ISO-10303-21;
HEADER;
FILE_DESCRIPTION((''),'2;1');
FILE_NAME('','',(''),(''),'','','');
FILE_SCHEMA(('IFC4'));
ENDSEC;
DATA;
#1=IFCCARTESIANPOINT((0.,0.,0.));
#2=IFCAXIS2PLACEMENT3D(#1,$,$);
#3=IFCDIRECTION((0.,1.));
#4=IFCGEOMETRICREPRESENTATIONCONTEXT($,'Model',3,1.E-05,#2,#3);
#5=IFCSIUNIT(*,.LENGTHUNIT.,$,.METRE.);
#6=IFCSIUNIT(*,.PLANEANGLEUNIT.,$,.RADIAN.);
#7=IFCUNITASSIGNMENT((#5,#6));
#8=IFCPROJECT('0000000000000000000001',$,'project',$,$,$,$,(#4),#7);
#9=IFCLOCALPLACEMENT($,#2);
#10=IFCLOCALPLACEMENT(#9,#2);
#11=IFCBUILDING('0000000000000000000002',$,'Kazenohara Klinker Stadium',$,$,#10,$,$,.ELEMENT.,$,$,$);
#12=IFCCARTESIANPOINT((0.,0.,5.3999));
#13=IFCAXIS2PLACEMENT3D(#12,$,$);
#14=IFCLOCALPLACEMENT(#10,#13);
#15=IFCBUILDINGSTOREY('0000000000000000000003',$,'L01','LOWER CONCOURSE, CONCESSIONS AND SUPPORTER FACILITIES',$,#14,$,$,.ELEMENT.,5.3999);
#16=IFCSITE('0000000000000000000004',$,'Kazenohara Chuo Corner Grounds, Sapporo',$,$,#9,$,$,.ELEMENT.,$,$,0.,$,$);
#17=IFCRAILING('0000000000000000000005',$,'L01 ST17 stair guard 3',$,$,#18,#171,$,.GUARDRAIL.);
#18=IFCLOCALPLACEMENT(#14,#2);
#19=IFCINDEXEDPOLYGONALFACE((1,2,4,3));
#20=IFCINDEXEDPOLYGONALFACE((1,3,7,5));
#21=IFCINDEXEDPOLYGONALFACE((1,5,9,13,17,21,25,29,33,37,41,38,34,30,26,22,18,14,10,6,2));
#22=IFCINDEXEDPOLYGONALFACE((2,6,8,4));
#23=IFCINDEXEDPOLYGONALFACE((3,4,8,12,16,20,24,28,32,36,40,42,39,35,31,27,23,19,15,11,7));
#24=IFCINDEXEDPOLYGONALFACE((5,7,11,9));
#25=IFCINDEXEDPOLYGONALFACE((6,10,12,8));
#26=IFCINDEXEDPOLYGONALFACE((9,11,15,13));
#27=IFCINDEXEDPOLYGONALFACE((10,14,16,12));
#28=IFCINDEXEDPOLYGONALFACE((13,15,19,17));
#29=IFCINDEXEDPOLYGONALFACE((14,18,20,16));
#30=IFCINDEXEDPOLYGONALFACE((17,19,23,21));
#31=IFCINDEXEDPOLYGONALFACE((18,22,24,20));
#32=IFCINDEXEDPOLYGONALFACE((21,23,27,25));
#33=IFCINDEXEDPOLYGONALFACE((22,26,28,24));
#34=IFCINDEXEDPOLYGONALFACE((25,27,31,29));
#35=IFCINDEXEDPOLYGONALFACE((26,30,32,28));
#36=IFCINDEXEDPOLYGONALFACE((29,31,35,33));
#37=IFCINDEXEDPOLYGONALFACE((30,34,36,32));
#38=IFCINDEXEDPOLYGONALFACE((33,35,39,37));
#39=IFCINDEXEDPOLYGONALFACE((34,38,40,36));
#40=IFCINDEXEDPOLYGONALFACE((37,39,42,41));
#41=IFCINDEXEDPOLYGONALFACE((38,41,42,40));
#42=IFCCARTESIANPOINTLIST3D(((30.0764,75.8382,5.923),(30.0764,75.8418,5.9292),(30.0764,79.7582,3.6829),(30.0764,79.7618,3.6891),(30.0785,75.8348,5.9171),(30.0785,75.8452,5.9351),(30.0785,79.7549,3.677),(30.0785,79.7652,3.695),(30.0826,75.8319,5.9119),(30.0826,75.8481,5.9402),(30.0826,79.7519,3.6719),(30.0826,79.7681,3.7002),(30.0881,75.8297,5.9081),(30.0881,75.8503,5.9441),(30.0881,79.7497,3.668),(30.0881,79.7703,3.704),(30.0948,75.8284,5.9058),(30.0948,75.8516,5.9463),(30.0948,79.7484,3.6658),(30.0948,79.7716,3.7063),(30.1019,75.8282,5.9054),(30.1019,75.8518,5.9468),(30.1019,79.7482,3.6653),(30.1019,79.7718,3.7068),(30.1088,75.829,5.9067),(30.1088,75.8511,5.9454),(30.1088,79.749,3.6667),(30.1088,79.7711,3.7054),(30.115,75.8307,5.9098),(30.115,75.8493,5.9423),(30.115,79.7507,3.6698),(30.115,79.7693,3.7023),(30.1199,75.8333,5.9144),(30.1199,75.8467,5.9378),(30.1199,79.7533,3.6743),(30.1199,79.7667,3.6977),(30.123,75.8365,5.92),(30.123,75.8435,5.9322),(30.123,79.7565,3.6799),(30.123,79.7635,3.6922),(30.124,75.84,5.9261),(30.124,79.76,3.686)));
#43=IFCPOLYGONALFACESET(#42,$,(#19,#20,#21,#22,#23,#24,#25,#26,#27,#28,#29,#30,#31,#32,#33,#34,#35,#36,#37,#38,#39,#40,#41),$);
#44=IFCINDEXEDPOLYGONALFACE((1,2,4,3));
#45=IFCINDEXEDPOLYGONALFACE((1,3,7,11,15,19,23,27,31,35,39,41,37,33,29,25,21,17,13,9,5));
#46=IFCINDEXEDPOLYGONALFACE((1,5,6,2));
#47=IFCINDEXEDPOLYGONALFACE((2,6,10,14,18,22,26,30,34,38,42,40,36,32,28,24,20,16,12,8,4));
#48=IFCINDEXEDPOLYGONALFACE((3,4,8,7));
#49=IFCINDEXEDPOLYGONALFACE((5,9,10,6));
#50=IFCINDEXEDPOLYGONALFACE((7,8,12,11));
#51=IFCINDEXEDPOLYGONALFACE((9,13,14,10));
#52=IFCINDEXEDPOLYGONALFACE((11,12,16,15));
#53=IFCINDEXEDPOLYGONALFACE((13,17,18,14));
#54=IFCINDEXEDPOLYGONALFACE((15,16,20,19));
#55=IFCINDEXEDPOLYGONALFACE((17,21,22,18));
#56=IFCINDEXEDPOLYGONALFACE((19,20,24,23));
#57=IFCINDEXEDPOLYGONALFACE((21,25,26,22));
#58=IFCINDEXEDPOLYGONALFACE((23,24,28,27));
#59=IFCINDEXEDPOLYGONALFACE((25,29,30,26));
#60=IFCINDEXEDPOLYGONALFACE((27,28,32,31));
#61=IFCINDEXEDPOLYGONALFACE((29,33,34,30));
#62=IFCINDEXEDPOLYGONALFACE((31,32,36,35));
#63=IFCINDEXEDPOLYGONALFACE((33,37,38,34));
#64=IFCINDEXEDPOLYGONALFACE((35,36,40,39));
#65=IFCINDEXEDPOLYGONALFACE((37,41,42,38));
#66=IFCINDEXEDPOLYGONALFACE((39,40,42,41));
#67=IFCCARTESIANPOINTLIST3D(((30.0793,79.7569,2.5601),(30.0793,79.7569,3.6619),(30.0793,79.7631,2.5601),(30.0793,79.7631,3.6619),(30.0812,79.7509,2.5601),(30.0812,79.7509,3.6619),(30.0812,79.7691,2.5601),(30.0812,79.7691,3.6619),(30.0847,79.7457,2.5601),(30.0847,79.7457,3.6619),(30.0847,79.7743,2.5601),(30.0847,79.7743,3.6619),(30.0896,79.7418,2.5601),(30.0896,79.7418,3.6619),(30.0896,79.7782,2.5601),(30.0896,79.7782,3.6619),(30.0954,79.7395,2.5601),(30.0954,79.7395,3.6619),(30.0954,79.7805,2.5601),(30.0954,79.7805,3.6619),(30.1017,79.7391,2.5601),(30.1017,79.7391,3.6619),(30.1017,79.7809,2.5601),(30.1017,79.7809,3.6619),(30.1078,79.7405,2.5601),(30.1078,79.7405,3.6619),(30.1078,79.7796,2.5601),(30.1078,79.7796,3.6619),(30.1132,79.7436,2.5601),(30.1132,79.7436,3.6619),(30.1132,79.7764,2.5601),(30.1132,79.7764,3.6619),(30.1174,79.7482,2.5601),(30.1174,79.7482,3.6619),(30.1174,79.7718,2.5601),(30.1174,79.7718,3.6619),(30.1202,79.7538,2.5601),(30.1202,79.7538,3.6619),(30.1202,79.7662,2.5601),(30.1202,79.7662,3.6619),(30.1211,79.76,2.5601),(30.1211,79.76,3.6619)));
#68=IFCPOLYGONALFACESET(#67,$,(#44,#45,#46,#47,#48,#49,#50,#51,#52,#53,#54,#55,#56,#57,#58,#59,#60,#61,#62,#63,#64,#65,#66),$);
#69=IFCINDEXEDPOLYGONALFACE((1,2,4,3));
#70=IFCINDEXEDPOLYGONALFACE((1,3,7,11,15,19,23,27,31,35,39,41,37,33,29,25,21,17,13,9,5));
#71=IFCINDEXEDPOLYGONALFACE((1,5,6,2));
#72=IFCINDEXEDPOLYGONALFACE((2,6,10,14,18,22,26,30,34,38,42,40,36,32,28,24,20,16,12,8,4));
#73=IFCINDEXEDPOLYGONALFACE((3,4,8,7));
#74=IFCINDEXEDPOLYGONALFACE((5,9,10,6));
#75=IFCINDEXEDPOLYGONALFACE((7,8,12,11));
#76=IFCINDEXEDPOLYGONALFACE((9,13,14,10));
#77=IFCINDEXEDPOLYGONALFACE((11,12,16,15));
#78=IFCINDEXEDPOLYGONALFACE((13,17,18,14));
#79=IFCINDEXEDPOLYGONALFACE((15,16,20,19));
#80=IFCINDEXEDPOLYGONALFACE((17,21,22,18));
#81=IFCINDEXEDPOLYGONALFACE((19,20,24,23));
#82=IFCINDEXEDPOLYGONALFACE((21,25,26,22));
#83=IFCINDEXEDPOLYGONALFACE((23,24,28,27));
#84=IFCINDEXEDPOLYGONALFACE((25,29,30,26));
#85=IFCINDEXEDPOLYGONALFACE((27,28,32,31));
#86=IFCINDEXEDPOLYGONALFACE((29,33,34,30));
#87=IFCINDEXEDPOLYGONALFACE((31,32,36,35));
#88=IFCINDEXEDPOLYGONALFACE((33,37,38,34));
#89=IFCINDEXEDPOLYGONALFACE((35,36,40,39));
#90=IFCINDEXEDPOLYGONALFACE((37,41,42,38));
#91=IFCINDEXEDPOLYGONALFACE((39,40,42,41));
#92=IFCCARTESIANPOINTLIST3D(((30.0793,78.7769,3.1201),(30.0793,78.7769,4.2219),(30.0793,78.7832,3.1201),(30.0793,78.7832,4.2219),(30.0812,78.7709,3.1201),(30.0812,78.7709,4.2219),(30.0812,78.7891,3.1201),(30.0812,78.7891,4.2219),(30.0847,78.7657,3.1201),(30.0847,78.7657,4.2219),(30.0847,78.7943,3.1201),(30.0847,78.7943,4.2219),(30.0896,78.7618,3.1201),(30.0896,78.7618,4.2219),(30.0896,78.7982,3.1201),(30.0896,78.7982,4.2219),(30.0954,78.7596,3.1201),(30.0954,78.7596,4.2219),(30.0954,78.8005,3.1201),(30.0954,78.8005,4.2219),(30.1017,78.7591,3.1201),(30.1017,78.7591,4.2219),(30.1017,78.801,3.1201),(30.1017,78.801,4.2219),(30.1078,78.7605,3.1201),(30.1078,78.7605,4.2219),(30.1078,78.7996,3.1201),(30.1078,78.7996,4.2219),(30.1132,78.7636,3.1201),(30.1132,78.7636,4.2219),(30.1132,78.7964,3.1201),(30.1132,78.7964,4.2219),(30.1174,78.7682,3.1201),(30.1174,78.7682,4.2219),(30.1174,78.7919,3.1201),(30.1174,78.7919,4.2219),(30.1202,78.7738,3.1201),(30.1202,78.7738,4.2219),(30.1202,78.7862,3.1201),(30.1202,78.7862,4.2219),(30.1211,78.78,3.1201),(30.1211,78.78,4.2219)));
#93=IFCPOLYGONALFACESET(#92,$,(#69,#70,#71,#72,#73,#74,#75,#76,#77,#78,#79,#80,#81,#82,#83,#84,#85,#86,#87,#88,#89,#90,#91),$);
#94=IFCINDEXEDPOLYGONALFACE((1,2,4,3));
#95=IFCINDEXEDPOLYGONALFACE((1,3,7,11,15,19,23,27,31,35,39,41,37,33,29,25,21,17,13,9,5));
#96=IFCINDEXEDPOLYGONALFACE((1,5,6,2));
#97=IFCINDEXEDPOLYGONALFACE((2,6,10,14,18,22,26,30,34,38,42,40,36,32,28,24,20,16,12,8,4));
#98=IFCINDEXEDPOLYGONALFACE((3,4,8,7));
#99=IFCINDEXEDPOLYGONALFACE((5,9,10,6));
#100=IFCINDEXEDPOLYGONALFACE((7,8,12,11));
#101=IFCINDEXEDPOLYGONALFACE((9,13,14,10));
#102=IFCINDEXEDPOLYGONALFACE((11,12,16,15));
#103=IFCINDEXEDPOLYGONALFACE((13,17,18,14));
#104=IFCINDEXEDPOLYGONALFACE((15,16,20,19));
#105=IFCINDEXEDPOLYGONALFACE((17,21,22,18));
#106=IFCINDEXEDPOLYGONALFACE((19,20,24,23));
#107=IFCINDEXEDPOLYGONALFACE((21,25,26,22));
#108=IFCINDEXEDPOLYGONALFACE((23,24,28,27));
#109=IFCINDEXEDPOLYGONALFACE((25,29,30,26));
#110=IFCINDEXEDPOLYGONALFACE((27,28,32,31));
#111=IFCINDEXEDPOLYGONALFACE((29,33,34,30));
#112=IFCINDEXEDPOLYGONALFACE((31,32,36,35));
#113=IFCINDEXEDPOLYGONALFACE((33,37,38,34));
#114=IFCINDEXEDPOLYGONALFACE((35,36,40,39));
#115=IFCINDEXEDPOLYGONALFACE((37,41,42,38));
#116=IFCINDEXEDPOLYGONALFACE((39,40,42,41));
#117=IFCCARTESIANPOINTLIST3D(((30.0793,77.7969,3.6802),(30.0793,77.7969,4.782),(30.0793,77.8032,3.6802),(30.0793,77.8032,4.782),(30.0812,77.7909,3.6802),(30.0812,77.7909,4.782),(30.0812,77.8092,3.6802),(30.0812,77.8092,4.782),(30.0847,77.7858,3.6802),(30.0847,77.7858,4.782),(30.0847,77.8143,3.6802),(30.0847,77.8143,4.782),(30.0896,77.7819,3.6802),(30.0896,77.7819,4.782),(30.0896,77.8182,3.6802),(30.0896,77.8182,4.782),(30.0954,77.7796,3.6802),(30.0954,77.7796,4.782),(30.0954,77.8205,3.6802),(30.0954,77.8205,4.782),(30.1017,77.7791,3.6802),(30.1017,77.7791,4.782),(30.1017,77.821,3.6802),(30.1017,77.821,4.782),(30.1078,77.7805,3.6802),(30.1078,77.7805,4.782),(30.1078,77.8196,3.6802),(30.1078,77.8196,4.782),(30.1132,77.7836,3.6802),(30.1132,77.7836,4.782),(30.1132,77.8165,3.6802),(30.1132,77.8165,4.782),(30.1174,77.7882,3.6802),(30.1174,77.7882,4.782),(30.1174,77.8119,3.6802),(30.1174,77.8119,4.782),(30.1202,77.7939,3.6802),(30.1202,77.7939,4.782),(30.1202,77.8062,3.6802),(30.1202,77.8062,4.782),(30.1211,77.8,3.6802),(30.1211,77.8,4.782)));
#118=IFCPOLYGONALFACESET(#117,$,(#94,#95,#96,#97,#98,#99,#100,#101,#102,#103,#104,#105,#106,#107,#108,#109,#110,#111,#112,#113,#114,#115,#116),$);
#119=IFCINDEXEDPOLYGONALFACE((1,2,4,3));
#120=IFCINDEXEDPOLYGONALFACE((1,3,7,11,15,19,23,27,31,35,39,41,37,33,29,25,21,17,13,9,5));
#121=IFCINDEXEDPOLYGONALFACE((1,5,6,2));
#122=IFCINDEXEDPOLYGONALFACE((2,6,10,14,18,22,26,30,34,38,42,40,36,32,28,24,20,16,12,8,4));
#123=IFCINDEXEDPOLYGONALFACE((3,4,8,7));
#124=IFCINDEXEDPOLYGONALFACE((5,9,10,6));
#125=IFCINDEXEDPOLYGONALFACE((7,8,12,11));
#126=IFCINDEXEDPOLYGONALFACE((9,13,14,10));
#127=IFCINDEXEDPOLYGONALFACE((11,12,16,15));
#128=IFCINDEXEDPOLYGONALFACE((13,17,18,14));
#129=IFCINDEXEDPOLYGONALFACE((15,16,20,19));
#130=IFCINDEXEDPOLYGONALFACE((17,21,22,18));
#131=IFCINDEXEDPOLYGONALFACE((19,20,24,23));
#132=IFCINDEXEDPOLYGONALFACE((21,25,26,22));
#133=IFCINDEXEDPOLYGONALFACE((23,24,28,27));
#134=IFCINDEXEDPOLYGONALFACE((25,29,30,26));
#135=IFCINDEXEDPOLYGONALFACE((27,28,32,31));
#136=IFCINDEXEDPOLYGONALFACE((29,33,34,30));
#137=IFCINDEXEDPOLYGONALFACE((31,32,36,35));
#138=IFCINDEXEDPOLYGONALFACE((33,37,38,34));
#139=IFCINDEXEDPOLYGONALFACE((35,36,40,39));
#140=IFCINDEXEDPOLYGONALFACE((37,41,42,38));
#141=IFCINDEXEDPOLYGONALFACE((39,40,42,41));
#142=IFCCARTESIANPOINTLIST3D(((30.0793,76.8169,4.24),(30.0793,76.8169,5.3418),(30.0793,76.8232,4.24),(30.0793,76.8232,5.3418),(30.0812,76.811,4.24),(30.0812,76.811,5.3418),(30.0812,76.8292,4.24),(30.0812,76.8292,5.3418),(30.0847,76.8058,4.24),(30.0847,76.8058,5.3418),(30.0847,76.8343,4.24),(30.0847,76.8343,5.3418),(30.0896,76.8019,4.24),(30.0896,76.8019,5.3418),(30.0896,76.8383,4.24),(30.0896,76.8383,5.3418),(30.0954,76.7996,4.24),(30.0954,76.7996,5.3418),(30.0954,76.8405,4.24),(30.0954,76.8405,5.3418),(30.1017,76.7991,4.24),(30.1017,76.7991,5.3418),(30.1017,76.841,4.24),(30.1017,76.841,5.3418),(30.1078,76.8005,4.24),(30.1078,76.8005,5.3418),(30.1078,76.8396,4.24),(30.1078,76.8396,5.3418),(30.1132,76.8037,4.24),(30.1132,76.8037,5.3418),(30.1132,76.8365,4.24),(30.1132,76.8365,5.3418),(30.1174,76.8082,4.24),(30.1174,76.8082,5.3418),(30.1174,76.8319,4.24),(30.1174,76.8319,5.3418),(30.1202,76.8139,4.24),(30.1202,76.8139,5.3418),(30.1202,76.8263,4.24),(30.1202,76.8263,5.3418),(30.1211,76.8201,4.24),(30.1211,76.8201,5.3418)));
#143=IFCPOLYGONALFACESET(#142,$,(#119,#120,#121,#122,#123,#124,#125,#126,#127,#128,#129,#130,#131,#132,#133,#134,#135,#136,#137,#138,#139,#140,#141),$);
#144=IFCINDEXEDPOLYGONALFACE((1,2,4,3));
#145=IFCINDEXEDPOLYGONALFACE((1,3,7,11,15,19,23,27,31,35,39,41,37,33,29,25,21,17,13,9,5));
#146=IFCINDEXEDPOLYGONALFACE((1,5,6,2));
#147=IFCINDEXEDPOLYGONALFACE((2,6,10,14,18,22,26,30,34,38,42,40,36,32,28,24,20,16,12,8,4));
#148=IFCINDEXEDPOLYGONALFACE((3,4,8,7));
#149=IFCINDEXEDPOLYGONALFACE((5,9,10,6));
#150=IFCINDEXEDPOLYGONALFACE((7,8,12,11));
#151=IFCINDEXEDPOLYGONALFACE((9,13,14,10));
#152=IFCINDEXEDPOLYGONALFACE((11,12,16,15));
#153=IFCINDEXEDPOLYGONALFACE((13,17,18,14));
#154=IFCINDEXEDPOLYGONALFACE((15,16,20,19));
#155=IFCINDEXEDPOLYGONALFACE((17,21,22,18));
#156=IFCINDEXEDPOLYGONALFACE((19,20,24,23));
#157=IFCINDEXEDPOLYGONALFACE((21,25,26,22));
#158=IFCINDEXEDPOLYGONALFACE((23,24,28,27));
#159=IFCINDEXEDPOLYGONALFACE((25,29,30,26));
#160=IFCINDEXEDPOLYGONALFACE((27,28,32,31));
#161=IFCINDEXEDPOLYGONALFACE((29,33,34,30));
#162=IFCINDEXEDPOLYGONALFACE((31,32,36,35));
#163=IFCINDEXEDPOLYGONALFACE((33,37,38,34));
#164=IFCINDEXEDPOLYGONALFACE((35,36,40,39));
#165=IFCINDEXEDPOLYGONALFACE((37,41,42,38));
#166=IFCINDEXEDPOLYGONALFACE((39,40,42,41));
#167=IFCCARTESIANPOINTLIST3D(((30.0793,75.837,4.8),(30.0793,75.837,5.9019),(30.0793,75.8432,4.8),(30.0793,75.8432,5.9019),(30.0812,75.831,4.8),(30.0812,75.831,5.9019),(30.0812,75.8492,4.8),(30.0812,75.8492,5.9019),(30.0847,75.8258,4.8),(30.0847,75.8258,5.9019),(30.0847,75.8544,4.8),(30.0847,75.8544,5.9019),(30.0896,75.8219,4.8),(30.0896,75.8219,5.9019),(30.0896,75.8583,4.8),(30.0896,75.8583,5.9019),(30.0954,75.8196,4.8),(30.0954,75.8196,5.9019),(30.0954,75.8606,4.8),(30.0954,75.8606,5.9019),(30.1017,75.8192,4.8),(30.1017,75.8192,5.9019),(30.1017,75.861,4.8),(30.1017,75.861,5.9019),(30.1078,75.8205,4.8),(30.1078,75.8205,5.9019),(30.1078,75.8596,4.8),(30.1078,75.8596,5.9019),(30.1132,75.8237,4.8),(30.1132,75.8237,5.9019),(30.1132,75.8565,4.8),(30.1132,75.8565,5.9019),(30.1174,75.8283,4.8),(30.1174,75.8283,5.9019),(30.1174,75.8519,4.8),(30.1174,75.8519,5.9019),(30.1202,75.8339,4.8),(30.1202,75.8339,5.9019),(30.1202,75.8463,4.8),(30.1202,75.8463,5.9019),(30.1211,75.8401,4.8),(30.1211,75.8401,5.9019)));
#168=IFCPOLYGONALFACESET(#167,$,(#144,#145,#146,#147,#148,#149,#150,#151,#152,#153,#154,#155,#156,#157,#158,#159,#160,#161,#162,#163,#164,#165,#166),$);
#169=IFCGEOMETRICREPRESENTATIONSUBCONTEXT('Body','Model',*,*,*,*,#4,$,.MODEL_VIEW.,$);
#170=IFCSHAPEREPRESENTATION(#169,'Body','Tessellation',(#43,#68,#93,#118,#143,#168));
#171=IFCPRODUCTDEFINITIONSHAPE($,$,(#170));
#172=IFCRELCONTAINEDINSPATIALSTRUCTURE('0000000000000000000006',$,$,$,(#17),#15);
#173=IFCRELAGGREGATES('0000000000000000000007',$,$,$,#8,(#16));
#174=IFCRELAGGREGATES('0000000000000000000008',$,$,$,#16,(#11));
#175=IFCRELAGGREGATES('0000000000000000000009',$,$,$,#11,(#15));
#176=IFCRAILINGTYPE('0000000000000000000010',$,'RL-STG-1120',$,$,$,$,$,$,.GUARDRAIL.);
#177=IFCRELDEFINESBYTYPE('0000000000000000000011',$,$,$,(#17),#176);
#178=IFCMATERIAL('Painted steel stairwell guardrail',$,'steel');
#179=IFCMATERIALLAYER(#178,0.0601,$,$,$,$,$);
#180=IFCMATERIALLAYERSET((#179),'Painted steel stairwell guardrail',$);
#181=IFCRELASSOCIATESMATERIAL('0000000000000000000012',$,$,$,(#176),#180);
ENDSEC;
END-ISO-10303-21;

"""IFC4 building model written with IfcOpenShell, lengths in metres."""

from ifc_helpers import new_model, si_unit, direction, frame, origin, origin_2d, place, context, subcontext, project, spatial, circle, extrude, material, layer, layer_set, type_object, element, save


model = new_model("IFC4")

# Units and contexts
model_context = context("Model", 3, precision=1e-05, world=origin(), true_north=direction((0.0, 1.0)))
body_context = subcontext(model_context, "Body", "Model", "MODEL_VIEW")
ifc_project = project(units=[si_unit("LENGTHUNIT", "METRE"), si_unit("PLANEANGLEUNIT", "RADIAN")], contexts=[model_context])

# Site, building, storey
site_placement = place(None, origin())
site = spatial("IfcSite", under=ifc_project, at=site_placement, Name="Kazenohara Chuo Corner Grounds, Sapporo", CompositionType="ELEMENT", RefElevation=0.0)
building_placement = place(site_placement, origin())
building = spatial("IfcBuilding", under=site, at=building_placement, Name="Kazenohara Klinker Stadium", CompositionType="ELEMENT")
storey_placement = place(building_placement, frame((0.0, 0.0, 5.3999)))
storey = spatial("IfcBuildingStorey", under=building, at=storey_placement, Name="L01", Description="LOWER CONCOURSE, CONCESSIONS AND SUPPORTER FACILITIES", CompositionType="ELEMENT", Elevation=5.3999)

# Railing
ifc_material_1 = material(Name="Painted steel stairwell guardrail", Category="steel")
ifc_layer_1 = layer(ifc_material_1, 0.0601)
ifc_layer_set_1 = layer_set([ifc_layer_1], Name="Painted steel stairwell guardrail")
railing_type_1 = type_object("IfcRailingType", Name="RL-STG-1120", PredefinedType="GUARDRAIL", material=ifc_layer_set_1)
railing_1_placement = place(storey_placement, frame((30.1001, 79.76, 2.5601)))
element("IfcRailing", 1, at=railing_1_placement, inside=storey, type_object=railing_type_1, Name="L01 ST17 stair guard 3", PredefinedType="GUARDRAIL", context=body_context, shape_type="SweptSolid", body=[
    extrude(circle(Radius=0.0239, at=origin_2d()), frame((0.0, 0.0, 1.126), z_axis=(0.0, -0.86824, 0.496145), x_axis=(1.0, 0.0, 0.0)), (0.0, 0.0, 1.0), 4.5149),
    extrude(circle(Radius=0.021, at=origin_2d()), origin(), (0.0, 0.0, 1.0), 1.1018),
    extrude(circle(Radius=0.021, at=origin_2d()), frame((0.0, -0.98, 0.5601)), (0.0, 0.0, 1.0), 1.1018),
    extrude(circle(Radius=0.021, at=origin_2d()), frame((0.0, -1.96, 1.1201)), (0.0, 0.0, 1.0), 1.1018),
    extrude(circle(Radius=0.021, at=origin_2d()), frame((0.0, -2.9399, 1.6799)), (0.0, 0.0, 1.0), 1.1018),
    extrude(circle(Radius=0.021, at=origin_2d()), frame((0.0, -3.9199, 2.24)), (0.0, 0.0, 1.0), 1.1018),
])

save(model, "model.ifc")
